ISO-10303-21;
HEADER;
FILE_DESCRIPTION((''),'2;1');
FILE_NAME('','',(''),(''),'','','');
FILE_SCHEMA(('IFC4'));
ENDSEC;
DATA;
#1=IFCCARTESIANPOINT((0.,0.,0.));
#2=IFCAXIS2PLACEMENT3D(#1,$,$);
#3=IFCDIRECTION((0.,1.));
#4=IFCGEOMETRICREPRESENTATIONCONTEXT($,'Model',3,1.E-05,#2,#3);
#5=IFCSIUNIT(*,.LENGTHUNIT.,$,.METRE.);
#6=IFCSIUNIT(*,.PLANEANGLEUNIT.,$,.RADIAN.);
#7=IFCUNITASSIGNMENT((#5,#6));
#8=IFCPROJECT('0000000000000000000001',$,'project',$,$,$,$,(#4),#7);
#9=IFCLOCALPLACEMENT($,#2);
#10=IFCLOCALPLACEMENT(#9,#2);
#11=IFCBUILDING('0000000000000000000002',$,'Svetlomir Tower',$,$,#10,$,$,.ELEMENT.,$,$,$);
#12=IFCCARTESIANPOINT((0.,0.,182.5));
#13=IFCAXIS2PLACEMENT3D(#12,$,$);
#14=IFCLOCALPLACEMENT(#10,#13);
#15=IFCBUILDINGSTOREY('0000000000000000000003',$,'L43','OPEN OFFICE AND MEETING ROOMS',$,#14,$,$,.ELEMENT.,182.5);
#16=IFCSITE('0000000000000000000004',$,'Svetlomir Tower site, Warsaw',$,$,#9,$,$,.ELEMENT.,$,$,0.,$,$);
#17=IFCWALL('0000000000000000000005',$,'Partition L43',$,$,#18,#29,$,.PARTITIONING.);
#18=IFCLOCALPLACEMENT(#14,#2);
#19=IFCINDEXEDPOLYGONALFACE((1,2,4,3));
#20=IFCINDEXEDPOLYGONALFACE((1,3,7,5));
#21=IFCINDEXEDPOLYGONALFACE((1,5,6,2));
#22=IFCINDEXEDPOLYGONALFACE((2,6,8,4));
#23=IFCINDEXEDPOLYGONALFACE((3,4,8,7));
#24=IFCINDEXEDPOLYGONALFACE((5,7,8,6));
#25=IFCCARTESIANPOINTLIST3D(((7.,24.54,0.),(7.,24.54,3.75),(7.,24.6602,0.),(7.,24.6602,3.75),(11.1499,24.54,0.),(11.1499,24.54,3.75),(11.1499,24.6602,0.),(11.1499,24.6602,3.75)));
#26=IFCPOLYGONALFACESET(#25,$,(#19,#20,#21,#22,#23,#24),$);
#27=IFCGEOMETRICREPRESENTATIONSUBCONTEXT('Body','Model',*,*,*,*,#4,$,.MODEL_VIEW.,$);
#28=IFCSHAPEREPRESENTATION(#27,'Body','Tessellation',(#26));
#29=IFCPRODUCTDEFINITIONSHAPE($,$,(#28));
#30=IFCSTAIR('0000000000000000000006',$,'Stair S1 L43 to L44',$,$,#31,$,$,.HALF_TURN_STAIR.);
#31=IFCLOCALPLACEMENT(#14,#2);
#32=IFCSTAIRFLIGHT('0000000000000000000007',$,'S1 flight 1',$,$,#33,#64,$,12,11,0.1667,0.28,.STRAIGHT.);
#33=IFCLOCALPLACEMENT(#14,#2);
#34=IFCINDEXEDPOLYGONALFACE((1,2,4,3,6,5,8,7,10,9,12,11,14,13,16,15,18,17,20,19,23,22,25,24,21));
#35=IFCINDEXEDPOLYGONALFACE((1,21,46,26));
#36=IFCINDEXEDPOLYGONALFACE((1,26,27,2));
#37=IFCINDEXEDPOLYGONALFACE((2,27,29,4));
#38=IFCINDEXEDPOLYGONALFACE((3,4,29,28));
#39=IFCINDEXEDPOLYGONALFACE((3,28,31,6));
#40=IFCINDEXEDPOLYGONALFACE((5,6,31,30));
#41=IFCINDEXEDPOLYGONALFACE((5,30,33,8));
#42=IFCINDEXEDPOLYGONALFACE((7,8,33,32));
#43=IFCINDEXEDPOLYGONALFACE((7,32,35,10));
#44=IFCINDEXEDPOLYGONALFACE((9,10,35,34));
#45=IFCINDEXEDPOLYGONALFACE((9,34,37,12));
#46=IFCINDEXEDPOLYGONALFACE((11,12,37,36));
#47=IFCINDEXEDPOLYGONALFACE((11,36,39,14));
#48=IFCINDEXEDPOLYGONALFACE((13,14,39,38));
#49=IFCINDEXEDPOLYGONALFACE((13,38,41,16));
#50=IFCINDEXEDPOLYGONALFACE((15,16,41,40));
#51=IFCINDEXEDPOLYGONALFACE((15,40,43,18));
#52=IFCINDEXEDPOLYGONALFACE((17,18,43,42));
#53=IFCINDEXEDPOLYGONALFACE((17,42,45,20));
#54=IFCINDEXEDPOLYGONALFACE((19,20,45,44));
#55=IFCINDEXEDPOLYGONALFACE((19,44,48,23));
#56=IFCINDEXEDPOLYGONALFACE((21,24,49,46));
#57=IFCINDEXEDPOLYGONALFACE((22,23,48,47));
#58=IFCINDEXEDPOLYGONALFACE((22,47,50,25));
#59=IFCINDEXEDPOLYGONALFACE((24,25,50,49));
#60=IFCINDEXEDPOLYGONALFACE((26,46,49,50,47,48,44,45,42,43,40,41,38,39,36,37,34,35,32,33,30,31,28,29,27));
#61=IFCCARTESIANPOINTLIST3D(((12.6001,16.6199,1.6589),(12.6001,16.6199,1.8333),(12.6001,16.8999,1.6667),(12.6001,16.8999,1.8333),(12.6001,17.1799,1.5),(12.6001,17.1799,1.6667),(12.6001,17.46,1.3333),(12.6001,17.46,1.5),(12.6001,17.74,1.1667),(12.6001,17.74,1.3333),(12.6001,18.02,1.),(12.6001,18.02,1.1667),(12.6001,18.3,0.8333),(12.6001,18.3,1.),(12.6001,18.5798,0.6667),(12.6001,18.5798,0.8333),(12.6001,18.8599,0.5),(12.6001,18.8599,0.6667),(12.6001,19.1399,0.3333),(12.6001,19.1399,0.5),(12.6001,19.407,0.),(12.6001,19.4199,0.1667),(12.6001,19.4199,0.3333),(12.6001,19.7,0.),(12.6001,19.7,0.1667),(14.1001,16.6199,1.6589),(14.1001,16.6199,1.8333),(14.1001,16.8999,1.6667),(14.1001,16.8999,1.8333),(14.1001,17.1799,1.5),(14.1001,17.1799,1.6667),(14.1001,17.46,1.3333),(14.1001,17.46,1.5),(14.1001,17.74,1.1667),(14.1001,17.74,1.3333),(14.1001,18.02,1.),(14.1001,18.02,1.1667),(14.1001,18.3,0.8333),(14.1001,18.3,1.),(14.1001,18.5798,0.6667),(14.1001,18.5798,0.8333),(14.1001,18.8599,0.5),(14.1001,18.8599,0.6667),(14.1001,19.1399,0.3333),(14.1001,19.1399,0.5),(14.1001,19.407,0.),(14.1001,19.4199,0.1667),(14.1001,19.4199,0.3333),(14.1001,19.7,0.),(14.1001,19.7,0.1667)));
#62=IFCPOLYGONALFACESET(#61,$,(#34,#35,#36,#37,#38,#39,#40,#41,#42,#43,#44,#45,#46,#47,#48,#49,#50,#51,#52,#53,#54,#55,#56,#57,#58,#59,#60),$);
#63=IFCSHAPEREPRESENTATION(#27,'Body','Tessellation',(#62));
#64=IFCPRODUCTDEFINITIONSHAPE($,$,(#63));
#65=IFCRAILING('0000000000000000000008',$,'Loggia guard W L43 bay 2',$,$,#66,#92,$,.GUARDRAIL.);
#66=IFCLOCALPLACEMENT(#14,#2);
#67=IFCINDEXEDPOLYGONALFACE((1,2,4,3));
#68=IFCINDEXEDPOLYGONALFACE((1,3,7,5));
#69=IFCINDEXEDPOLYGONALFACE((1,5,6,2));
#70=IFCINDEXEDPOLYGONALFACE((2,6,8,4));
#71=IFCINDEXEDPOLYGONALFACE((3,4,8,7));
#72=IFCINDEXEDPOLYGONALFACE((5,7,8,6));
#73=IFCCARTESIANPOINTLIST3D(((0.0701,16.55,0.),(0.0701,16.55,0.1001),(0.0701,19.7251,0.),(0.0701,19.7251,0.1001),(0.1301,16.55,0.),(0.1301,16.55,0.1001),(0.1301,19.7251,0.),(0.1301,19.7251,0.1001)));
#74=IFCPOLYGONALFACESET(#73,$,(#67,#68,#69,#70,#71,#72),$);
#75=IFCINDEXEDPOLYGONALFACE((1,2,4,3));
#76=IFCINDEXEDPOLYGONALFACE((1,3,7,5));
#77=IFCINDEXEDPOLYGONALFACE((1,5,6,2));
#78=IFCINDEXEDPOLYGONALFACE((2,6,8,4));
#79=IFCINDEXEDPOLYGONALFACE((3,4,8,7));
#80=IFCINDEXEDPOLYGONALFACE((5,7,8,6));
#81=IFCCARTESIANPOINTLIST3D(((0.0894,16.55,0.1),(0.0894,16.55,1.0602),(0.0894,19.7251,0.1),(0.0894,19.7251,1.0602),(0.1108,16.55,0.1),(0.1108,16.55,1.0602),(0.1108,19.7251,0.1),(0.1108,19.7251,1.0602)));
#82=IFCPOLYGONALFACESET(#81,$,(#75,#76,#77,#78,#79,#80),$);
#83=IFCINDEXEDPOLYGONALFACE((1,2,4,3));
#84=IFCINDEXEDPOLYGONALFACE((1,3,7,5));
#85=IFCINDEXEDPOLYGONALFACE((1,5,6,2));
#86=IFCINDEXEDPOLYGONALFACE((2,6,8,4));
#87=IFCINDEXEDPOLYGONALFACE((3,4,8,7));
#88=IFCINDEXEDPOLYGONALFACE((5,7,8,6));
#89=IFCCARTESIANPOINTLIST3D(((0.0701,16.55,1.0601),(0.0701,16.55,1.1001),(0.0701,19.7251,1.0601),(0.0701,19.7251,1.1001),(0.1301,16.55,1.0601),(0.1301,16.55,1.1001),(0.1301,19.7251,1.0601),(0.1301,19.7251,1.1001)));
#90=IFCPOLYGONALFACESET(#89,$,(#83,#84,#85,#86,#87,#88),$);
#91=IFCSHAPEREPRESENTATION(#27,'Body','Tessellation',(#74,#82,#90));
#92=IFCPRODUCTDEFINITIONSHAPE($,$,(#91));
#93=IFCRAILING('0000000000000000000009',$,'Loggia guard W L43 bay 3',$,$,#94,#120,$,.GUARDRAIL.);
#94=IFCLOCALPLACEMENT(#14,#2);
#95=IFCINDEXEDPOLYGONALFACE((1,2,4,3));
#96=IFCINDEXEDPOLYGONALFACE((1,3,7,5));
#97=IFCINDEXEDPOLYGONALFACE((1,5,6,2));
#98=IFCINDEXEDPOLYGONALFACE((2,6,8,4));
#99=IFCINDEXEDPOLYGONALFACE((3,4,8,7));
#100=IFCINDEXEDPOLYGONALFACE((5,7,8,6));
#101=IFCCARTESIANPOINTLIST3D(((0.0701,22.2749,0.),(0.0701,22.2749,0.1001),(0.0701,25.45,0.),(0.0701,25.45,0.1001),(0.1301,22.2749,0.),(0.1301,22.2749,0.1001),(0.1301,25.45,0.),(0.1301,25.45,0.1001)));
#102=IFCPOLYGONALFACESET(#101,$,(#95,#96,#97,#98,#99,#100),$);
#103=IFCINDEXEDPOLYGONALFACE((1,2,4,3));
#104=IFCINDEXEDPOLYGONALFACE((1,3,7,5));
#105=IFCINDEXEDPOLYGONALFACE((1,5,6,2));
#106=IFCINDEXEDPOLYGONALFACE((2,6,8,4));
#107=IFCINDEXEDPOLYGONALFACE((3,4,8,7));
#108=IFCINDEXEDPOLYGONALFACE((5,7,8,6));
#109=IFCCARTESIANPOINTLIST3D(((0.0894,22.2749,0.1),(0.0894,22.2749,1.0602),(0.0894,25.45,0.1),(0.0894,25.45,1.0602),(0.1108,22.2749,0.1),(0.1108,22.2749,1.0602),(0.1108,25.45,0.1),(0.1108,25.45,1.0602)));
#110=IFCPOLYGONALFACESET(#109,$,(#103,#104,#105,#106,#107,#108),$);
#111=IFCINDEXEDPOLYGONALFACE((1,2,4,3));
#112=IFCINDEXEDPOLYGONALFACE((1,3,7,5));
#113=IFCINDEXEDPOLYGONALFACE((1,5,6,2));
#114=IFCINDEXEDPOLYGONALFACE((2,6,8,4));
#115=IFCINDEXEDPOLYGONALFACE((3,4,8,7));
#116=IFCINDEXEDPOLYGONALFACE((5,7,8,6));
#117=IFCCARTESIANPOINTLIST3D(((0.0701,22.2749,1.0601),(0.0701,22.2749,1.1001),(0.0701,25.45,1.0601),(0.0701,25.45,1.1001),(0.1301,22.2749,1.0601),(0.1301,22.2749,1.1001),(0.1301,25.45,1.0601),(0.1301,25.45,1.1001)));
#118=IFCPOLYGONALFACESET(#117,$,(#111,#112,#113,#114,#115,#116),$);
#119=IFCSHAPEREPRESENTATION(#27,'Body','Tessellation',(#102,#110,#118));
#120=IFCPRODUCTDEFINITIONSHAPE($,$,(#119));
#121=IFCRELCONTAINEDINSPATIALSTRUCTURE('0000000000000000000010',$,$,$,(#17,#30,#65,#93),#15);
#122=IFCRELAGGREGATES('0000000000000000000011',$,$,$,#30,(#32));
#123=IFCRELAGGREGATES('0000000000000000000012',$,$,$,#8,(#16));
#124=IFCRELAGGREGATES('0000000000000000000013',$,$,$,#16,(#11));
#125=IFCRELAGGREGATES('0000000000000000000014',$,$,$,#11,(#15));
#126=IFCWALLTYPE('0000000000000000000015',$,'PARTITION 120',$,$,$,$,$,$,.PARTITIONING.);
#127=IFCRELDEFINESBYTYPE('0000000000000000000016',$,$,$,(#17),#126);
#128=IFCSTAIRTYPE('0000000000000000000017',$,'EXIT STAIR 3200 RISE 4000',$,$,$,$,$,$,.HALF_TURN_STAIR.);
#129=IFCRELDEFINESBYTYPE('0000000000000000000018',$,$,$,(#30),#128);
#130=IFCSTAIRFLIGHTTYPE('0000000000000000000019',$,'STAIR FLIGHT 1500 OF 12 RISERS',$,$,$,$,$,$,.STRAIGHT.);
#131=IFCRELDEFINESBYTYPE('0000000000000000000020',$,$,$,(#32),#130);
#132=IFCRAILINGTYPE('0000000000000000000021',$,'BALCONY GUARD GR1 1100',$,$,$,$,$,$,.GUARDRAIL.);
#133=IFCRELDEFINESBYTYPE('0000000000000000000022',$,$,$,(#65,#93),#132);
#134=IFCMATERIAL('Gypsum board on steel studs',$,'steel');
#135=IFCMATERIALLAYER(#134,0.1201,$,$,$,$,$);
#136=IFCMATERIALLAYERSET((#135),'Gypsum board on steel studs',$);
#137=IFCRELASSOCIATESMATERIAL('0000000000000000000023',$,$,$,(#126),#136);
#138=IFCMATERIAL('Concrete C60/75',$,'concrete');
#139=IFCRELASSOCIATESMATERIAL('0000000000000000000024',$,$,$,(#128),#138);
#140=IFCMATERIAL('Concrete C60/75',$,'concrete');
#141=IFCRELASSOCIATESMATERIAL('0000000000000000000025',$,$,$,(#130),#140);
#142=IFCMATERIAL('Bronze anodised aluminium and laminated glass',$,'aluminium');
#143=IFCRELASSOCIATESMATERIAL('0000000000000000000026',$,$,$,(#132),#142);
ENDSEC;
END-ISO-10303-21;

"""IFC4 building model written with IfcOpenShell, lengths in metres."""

from ifc_helpers import new_model, si_unit, direction, frame, frame_2d, origin, origin_2d, place, context, subcontext, project, spatial, polyline, rectangle, outline, extrude, material, layer, layer_set, type_object, element, aggregate, save


model = new_model("IFC4")

# Units and contexts
model_context = context("Model", 3, precision=1e-05, world=origin(), true_north=direction((0.0, 1.0)))
body_context = subcontext(model_context, "Body", "Model", "MODEL_VIEW")
ifc_project = project(units=[si_unit("LENGTHUNIT", "METRE"), si_unit("PLANEANGLEUNIT", "RADIAN")], contexts=[model_context])

# Site, building, storey
site_placement = place(None, origin())
site = spatial("IfcSite", under=ifc_project, at=site_placement, Name="Svetlomir Tower site, Warsaw", CompositionType="ELEMENT", RefElevation=0.0)
building_placement = place(site_placement, origin())
building = spatial("IfcBuilding", under=site, at=building_placement, Name="Svetlomir Tower", CompositionType="ELEMENT")
storey_placement = place(building_placement, frame((0.0, 0.0, 182.5)))
storey = spatial("IfcBuildingStorey", under=building, at=storey_placement, Name="L43", Description="OPEN OFFICE AND MEETING ROOMS", CompositionType="ELEMENT", Elevation=182.5)

# Shared definitions
ifc_material_1 = material(Name="Gypsum board on steel studs", Category="steel")
ifc_layer_1 = layer(ifc_material_1, 0.1201)
ifc_layer_set_1 = layer_set([ifc_layer_1], Name="Gypsum board on steel studs")
wall_type_1 = type_object("IfcWallType", Name="PARTITION 120", PredefinedType="PARTITIONING", material=ifc_layer_set_1)

# Wall
wall_1_placement = place(storey_placement, frame((7.0, 24.6001, 0.0), z_axis=(0.0, 0.0, 1.0), x_axis=(1.0, 0.0, 0.0)))
element("IfcWall", 1, at=wall_1_placement, inside=storey, type_object=wall_type_1, Name="Partition L43", PredefinedType="PARTITIONING", context=body_context, shape_type="SweptSolid", body=[
    extrude(rectangle(XDim=4.1499, YDim=0.1201, at=frame_2d((2.075, 0.0))), origin(), (0.0, 0.0, 1.0), 3.75),
])

# Stair, stair flight
ifc_material_2 = material(Name="Concrete C60/75", Category="concrete")
stair_type = type_object("IfcStairType", Name="EXIT STAIR 3200 RISE 4000", PredefinedType="HALF_TURN_STAIR", material=ifc_material_2)
stair_placement = place(storey_placement, origin())
stair = element("IfcStair", 2, at=stair_placement, inside=storey, type_object=stair_type, Name="Stair S1 L43 to L44", PredefinedType="HALF_TURN_STAIR")
ifc_material_3 = material(Name="Concrete C60/75", Category="concrete")
stair_flight_type = type_object("IfcStairFlightType", Name="STAIR FLIGHT 1500 OF 12 RISERS", PredefinedType="STRAIGHT", material=ifc_material_3)
stair_flight_placement = place(storey_placement, frame((13.3501, 19.7, 0.0), z_axis=(0.0, 0.0, 1.0), x_axis=(0.0, -1.0, 0.0)))
stair_flight = element("IfcStairFlight", 3, at=stair_flight_placement, type_object=stair_flight_type, Name="S1 flight 1", NumberOfRisers=12, NumberOfTreads=11, PredefinedType="STRAIGHT", RiserHeight=0.1667, TreadLength=0.28, context=body_context, shape_type="SweptSolid", body=[
    extrude(outline(polyline([(0.0, 0.0), (0.0, 0.1667), (0.28, 0.1667), (0.28, 0.3333), (0.5601, 0.3333), (0.5601, 0.5), (0.8401, 0.5), (0.8401, 0.6667), (1.1201, 0.6667), (1.1201, 0.8333), (1.3999, 0.8333), (1.3999, 1.0), (1.6799, 1.0), (1.6799, 1.1667), (1.96, 1.1667), (1.96, 1.3333), (2.24, 1.3333), (2.24, 1.5), (2.52, 1.5), (2.52, 1.6667), (2.8, 1.6667), (2.8, 1.8333), (3.0801, 1.8333), (3.0801, 2.0), (3.0801, 1.6589), (0.293, 0.0), (0.0, 0.0)])), frame((0.0, 0.75, 0.0), z_axis=(0.0, -1.0, 0.0), x_axis=(1.0, 0.0, 0.0)), (0.0, 0.0, 1.0), 1.5),
])
aggregate(stair, [stair_flight])

# Railings
ifc_material_4 = material(Name="Bronze anodised aluminium and laminated glass", Category="aluminium")
railing_type_1 = type_object("IfcRailingType", Name="BALCONY GUARD GR1 1100", PredefinedType="GUARDRAIL", material=ifc_material_4)
for number, where, name in (
    (4, (0.1001, 16.55, 0.0), "Loggia guard W L43 bay 2"),
    (5, (0.1001, 22.2749, 0.0), "Loggia guard W L43 bay 3"),
):
    element("IfcRailing", number, at=place(storey_placement, frame(where)), inside=storey, type_object=railing_type_1, Name=name, PredefinedType="GUARDRAIL", context=body_context, shape_type="SweptSolid", body=[
        extrude(rectangle(XDim=0.0601, YDim=0.1001, at=origin_2d()), frame((0.0, 0.0, 0.05), z_axis=(0.0, 1.0, 0.0), x_axis=(-1.0, 0.0, 0.0)), (0.0, 0.0, 1.0), 3.175),
        extrude(rectangle(XDim=0.0215, YDim=0.9602, at=origin_2d()), frame((0.0, 0.0, 0.5801), z_axis=(0.0, 1.0, 0.0), x_axis=(-1.0, 0.0, 0.0)), (0.0, 0.0, 1.0), 3.175),
        extrude(rectangle(XDim=0.0601, YDim=0.04, at=origin_2d()), frame((0.0, 0.0, 1.0801), z_axis=(0.0, 1.0, 0.0), x_axis=(-1.0, 0.0, 0.0)), (0.0, 0.0, 1.0), 3.175),
    ])

save(model, "model.ifc")
